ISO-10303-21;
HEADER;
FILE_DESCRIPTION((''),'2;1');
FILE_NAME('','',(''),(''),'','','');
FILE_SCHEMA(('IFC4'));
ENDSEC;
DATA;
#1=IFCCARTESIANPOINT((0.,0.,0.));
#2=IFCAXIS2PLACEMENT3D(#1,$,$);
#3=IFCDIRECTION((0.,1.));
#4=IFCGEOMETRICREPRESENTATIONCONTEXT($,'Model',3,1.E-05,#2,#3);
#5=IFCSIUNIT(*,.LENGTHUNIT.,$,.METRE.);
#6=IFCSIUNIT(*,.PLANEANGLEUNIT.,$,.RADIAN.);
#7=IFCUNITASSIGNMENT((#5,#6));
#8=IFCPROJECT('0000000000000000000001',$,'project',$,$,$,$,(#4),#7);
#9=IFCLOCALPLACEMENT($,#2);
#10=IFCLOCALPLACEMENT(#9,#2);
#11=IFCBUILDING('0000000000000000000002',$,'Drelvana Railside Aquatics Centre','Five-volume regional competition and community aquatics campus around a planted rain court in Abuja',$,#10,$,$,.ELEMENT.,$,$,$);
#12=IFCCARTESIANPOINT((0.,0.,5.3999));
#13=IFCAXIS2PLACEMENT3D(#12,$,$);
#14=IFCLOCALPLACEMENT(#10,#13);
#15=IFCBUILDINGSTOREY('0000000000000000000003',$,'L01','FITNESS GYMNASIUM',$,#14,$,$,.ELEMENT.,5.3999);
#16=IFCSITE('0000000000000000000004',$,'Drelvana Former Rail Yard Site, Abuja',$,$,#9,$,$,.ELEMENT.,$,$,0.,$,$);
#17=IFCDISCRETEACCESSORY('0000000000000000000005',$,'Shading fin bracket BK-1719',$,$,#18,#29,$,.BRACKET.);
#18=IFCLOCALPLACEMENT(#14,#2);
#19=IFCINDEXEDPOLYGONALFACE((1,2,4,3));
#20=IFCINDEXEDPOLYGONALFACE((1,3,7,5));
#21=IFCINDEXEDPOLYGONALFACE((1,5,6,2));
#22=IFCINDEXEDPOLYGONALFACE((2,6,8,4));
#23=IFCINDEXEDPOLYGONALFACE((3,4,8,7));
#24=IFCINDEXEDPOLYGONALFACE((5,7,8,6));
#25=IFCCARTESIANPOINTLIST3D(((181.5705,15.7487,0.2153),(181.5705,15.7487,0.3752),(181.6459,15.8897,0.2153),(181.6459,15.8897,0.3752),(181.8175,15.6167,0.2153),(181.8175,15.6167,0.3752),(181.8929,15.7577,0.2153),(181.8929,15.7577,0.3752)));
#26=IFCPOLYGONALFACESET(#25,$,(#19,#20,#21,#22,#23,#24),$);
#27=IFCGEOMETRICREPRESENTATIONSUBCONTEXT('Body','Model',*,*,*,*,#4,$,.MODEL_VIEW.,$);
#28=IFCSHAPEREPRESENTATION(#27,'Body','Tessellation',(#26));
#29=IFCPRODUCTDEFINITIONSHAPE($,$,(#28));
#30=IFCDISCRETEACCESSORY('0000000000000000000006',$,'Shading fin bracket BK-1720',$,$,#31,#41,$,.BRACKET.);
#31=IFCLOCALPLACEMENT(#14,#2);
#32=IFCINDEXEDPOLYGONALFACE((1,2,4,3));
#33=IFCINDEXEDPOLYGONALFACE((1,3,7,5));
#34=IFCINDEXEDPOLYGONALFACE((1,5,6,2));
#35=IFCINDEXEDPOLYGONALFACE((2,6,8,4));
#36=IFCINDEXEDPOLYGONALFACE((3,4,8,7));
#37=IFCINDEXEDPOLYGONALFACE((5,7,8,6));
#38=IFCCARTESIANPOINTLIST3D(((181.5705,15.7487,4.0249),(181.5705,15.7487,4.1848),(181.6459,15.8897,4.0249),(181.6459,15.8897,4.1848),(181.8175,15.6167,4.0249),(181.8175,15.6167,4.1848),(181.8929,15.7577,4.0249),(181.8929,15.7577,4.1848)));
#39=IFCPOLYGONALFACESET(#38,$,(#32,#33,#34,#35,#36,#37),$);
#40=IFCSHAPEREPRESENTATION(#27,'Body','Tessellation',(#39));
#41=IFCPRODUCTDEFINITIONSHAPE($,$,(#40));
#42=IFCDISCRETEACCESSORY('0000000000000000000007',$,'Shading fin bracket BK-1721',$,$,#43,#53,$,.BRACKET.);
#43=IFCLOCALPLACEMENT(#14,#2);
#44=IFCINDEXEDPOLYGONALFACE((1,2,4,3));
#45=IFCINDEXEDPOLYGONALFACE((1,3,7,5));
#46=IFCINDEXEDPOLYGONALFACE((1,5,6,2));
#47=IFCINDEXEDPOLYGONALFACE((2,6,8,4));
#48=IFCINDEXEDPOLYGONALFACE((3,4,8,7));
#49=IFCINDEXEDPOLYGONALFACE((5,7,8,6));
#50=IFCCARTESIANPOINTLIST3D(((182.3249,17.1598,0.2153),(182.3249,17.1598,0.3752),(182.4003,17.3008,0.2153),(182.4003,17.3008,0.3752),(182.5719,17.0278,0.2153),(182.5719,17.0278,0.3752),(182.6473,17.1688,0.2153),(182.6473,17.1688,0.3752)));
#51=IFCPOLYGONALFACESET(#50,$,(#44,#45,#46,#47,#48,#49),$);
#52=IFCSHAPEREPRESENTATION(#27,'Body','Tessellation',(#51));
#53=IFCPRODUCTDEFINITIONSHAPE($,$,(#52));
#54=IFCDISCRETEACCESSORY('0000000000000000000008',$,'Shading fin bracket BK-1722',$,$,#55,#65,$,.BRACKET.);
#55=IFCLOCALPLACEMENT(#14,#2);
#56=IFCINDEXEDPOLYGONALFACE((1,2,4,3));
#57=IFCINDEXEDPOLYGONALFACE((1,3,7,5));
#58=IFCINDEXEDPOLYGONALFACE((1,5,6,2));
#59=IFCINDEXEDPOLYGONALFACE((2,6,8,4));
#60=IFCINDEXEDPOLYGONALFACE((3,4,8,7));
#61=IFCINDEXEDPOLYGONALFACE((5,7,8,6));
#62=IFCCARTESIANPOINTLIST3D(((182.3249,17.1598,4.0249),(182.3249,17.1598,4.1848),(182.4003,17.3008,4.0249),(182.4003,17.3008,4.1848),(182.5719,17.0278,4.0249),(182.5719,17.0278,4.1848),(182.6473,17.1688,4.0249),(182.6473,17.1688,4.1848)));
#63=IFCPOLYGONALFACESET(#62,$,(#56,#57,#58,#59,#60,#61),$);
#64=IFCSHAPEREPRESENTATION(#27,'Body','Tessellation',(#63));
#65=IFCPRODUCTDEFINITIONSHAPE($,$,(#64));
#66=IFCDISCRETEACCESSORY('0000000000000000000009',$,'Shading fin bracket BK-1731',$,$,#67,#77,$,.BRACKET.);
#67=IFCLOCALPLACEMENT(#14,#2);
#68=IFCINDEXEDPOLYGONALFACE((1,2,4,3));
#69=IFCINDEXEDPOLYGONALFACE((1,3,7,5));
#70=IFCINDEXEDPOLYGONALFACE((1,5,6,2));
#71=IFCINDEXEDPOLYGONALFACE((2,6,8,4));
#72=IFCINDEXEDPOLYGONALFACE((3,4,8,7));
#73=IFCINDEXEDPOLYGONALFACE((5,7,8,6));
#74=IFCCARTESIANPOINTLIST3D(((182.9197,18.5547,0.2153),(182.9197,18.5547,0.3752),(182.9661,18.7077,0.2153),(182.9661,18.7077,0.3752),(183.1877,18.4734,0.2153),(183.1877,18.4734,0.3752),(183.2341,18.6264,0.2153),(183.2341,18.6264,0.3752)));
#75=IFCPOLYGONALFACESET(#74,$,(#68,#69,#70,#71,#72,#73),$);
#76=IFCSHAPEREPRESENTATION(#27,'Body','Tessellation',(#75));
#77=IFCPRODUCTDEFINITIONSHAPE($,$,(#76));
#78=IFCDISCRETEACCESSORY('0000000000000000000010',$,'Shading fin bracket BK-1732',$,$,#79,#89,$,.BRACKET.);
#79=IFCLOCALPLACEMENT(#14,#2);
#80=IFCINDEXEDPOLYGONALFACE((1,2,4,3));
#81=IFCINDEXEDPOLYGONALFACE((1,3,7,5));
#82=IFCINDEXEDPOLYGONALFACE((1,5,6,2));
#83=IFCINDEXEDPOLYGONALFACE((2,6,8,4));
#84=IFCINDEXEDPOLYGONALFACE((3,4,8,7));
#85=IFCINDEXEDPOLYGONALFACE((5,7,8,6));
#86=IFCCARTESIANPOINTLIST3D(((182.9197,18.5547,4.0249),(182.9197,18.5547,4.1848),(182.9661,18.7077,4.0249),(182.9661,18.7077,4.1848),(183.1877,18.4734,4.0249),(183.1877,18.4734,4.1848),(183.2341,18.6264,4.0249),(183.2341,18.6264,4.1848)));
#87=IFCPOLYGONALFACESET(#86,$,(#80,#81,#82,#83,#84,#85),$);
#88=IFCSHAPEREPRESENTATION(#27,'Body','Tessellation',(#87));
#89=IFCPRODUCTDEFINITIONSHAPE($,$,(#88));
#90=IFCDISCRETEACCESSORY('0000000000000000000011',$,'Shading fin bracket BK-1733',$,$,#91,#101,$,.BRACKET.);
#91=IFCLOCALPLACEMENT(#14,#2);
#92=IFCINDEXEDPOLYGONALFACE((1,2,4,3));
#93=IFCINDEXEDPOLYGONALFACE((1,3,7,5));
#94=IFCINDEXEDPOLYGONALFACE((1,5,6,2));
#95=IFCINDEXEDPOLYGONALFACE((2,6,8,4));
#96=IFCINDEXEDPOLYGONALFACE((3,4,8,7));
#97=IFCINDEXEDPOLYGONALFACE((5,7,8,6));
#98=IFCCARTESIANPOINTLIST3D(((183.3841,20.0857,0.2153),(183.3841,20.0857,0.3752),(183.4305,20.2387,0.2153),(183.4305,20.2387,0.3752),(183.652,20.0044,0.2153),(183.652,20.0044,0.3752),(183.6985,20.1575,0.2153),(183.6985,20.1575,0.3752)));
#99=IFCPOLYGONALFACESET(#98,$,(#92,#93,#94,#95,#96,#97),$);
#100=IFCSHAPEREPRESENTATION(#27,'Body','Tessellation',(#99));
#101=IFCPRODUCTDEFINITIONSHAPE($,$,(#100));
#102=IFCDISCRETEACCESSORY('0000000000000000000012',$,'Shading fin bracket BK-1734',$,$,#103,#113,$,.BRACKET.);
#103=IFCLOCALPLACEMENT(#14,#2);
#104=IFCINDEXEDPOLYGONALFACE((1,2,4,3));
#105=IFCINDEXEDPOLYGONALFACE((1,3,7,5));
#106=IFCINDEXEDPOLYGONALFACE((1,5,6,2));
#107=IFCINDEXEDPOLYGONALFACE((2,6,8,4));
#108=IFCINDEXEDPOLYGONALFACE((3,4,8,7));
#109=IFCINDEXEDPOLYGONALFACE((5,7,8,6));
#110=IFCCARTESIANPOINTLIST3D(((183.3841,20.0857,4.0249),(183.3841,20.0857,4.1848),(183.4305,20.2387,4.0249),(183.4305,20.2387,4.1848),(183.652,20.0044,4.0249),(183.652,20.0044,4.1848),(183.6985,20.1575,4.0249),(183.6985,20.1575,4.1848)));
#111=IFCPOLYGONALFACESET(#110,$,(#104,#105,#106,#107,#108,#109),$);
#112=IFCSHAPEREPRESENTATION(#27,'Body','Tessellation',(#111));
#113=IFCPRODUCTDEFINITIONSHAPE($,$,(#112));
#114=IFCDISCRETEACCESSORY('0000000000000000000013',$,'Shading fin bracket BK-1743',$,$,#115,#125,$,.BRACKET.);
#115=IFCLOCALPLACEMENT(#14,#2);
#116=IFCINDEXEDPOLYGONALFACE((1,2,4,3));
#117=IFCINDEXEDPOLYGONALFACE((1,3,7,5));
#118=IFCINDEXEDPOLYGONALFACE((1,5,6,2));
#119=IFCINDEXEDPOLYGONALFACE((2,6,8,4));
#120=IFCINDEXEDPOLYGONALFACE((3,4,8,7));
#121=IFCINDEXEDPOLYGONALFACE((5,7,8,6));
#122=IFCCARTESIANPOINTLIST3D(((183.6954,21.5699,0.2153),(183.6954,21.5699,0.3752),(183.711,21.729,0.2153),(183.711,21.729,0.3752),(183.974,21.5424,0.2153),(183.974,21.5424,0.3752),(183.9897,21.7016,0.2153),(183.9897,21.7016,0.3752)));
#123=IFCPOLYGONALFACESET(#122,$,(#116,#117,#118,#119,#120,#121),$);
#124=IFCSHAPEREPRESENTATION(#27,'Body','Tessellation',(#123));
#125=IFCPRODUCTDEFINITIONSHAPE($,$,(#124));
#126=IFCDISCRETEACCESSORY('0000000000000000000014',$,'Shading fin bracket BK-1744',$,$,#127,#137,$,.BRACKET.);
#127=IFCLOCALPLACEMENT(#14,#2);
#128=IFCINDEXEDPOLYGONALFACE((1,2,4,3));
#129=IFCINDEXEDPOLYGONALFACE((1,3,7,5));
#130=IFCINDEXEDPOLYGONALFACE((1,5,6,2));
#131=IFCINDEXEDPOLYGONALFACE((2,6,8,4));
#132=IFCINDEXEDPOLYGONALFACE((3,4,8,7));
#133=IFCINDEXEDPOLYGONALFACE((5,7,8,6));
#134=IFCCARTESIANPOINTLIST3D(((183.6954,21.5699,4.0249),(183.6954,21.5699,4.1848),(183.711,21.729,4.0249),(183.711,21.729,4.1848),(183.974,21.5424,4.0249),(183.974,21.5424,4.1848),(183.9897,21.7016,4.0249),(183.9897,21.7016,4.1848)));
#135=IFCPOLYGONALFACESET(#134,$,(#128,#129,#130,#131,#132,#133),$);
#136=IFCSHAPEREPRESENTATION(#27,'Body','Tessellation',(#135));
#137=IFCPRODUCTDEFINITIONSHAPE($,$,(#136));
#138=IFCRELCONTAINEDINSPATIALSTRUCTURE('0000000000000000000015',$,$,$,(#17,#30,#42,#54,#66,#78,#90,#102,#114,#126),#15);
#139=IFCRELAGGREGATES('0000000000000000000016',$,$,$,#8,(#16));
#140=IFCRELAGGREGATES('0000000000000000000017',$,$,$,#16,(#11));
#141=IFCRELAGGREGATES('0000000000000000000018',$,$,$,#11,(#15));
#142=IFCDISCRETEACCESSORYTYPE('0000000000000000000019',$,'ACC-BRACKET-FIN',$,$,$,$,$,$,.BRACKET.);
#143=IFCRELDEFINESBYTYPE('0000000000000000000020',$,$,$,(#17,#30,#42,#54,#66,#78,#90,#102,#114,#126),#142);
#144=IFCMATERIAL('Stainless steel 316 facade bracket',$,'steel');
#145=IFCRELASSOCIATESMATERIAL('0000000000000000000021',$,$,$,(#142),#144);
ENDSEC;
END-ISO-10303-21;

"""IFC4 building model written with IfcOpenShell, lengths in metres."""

from ifc_helpers import new_model, si_unit, direction, frame, origin, origin_2d, place, context, subcontext, project, spatial, rectangle, extrude, material, type_object, element, save


model = new_model("IFC4")

# Units and contexts
model_context = context("Model", 3, precision=1e-05, world=origin(), true_north=direction((0.0, 1.0)))
body_context = subcontext(model_context, "Body", "Model", "MODEL_VIEW")
ifc_project = project(units=[si_unit("LENGTHUNIT", "METRE"), si_unit("PLANEANGLEUNIT", "RADIAN")], contexts=[model_context])

# Site, building, storey
site_placement = place(None, origin())
site = spatial("IfcSite", under=ifc_project, at=site_placement, Name="Drelvana Former Rail Yard Site, Abuja", CompositionType="ELEMENT", RefElevation=0.0)
building_placement = place(site_placement, origin())
building = spatial("IfcBuilding", under=site, at=building_placement, Name="Drelvana Railside Aquatics Centre", Description="Five-volume regional competition and community aquatics campus around a planted rain court in Abuja", CompositionType="ELEMENT")
storey_placement = place(building_placement, frame((0.0, 0.0, 5.3999)))
storey = spatial("IfcBuildingStorey", under=building, at=storey_placement, Name="L01", Description="FITNESS GYMNASIUM", CompositionType="ELEMENT", Elevation=5.3999)

# Discrete accessories
ifc_material_1 = material(Name="Stainless steel 316 facade bracket", Category="steel")
discrete_accessory_type = type_object("IfcDiscreteAccessoryType", Name="ACC-BRACKET-FIN", PredefinedType="BRACKET", material=ifc_material_1)
for number, where, z_axis, x_axis, name in (
    (1, (181.7317, 15.7532, 0.2153), (0.0, 0.0, 1.0), (0.881921, -0.471397, 0.0), "Shading fin bracket BK-1719"),
    (2, (181.7317, 15.7532, 4.0249), (0.0, 0.0, 1.0), (0.881921, -0.471397, 0.0), "Shading fin bracket BK-1720"),
    (3, (182.4861, 17.1643, 0.2153), (0.0, 0.0, 1.0), (0.881921, -0.471397, 0.0), "Shading fin bracket BK-1721"),
    (4, (182.4861, 17.1643, 4.0249), (0.0, 0.0, 1.0), (0.881921, -0.471397, 0.0), "Shading fin bracket BK-1722"),
    (5, (183.0769, 18.5906, 0.2153), (0.0, 0.0, 1.0), (0.95694, -0.290285, 0.0), "Shading fin bracket BK-1731"),
    (6, (183.0769, 18.5906, 4.0249), (0.0, 0.0, 1.0), (0.95694, -0.290285, 0.0), "Shading fin bracket BK-1732"),
    (7, (183.5413, 20.1216, 0.2153), (0.0, 0.0, 1.0), (0.95694, -0.290285, 0.0), "Shading fin bracket BK-1733"),
    (8, (183.5413, 20.1216, 4.0249), (0.0, 0.0, 1.0), (0.95694, -0.290285, 0.0), "Shading fin bracket BK-1734"),
    (9, (183.8425, 21.6357, 0.2153), (0.0, 0.0, 1.0), (0.995185, -0.098017, 0.0), "Shading fin bracket BK-1743"),
    (10, (183.8425, 21.6357, 4.0249), (0.0, 0.0, 1.0), (0.995185, -0.098017, 0.0), "Shading fin bracket BK-1744"),
):
    element("IfcDiscreteAccessory", number, at=place(storey_placement, frame(where, z_axis=z_axis, x_axis=x_axis)), inside=storey, type_object=discrete_accessory_type, Name=name, PredefinedType="BRACKET", context=body_context, shape_type="SweptSolid", body=[
        extrude(rectangle(XDim=0.28, YDim=0.1599, at=origin_2d()), origin(), (0.0, 0.0, 1.0), 0.1599),
    ])

save(model, "model.ifc")
